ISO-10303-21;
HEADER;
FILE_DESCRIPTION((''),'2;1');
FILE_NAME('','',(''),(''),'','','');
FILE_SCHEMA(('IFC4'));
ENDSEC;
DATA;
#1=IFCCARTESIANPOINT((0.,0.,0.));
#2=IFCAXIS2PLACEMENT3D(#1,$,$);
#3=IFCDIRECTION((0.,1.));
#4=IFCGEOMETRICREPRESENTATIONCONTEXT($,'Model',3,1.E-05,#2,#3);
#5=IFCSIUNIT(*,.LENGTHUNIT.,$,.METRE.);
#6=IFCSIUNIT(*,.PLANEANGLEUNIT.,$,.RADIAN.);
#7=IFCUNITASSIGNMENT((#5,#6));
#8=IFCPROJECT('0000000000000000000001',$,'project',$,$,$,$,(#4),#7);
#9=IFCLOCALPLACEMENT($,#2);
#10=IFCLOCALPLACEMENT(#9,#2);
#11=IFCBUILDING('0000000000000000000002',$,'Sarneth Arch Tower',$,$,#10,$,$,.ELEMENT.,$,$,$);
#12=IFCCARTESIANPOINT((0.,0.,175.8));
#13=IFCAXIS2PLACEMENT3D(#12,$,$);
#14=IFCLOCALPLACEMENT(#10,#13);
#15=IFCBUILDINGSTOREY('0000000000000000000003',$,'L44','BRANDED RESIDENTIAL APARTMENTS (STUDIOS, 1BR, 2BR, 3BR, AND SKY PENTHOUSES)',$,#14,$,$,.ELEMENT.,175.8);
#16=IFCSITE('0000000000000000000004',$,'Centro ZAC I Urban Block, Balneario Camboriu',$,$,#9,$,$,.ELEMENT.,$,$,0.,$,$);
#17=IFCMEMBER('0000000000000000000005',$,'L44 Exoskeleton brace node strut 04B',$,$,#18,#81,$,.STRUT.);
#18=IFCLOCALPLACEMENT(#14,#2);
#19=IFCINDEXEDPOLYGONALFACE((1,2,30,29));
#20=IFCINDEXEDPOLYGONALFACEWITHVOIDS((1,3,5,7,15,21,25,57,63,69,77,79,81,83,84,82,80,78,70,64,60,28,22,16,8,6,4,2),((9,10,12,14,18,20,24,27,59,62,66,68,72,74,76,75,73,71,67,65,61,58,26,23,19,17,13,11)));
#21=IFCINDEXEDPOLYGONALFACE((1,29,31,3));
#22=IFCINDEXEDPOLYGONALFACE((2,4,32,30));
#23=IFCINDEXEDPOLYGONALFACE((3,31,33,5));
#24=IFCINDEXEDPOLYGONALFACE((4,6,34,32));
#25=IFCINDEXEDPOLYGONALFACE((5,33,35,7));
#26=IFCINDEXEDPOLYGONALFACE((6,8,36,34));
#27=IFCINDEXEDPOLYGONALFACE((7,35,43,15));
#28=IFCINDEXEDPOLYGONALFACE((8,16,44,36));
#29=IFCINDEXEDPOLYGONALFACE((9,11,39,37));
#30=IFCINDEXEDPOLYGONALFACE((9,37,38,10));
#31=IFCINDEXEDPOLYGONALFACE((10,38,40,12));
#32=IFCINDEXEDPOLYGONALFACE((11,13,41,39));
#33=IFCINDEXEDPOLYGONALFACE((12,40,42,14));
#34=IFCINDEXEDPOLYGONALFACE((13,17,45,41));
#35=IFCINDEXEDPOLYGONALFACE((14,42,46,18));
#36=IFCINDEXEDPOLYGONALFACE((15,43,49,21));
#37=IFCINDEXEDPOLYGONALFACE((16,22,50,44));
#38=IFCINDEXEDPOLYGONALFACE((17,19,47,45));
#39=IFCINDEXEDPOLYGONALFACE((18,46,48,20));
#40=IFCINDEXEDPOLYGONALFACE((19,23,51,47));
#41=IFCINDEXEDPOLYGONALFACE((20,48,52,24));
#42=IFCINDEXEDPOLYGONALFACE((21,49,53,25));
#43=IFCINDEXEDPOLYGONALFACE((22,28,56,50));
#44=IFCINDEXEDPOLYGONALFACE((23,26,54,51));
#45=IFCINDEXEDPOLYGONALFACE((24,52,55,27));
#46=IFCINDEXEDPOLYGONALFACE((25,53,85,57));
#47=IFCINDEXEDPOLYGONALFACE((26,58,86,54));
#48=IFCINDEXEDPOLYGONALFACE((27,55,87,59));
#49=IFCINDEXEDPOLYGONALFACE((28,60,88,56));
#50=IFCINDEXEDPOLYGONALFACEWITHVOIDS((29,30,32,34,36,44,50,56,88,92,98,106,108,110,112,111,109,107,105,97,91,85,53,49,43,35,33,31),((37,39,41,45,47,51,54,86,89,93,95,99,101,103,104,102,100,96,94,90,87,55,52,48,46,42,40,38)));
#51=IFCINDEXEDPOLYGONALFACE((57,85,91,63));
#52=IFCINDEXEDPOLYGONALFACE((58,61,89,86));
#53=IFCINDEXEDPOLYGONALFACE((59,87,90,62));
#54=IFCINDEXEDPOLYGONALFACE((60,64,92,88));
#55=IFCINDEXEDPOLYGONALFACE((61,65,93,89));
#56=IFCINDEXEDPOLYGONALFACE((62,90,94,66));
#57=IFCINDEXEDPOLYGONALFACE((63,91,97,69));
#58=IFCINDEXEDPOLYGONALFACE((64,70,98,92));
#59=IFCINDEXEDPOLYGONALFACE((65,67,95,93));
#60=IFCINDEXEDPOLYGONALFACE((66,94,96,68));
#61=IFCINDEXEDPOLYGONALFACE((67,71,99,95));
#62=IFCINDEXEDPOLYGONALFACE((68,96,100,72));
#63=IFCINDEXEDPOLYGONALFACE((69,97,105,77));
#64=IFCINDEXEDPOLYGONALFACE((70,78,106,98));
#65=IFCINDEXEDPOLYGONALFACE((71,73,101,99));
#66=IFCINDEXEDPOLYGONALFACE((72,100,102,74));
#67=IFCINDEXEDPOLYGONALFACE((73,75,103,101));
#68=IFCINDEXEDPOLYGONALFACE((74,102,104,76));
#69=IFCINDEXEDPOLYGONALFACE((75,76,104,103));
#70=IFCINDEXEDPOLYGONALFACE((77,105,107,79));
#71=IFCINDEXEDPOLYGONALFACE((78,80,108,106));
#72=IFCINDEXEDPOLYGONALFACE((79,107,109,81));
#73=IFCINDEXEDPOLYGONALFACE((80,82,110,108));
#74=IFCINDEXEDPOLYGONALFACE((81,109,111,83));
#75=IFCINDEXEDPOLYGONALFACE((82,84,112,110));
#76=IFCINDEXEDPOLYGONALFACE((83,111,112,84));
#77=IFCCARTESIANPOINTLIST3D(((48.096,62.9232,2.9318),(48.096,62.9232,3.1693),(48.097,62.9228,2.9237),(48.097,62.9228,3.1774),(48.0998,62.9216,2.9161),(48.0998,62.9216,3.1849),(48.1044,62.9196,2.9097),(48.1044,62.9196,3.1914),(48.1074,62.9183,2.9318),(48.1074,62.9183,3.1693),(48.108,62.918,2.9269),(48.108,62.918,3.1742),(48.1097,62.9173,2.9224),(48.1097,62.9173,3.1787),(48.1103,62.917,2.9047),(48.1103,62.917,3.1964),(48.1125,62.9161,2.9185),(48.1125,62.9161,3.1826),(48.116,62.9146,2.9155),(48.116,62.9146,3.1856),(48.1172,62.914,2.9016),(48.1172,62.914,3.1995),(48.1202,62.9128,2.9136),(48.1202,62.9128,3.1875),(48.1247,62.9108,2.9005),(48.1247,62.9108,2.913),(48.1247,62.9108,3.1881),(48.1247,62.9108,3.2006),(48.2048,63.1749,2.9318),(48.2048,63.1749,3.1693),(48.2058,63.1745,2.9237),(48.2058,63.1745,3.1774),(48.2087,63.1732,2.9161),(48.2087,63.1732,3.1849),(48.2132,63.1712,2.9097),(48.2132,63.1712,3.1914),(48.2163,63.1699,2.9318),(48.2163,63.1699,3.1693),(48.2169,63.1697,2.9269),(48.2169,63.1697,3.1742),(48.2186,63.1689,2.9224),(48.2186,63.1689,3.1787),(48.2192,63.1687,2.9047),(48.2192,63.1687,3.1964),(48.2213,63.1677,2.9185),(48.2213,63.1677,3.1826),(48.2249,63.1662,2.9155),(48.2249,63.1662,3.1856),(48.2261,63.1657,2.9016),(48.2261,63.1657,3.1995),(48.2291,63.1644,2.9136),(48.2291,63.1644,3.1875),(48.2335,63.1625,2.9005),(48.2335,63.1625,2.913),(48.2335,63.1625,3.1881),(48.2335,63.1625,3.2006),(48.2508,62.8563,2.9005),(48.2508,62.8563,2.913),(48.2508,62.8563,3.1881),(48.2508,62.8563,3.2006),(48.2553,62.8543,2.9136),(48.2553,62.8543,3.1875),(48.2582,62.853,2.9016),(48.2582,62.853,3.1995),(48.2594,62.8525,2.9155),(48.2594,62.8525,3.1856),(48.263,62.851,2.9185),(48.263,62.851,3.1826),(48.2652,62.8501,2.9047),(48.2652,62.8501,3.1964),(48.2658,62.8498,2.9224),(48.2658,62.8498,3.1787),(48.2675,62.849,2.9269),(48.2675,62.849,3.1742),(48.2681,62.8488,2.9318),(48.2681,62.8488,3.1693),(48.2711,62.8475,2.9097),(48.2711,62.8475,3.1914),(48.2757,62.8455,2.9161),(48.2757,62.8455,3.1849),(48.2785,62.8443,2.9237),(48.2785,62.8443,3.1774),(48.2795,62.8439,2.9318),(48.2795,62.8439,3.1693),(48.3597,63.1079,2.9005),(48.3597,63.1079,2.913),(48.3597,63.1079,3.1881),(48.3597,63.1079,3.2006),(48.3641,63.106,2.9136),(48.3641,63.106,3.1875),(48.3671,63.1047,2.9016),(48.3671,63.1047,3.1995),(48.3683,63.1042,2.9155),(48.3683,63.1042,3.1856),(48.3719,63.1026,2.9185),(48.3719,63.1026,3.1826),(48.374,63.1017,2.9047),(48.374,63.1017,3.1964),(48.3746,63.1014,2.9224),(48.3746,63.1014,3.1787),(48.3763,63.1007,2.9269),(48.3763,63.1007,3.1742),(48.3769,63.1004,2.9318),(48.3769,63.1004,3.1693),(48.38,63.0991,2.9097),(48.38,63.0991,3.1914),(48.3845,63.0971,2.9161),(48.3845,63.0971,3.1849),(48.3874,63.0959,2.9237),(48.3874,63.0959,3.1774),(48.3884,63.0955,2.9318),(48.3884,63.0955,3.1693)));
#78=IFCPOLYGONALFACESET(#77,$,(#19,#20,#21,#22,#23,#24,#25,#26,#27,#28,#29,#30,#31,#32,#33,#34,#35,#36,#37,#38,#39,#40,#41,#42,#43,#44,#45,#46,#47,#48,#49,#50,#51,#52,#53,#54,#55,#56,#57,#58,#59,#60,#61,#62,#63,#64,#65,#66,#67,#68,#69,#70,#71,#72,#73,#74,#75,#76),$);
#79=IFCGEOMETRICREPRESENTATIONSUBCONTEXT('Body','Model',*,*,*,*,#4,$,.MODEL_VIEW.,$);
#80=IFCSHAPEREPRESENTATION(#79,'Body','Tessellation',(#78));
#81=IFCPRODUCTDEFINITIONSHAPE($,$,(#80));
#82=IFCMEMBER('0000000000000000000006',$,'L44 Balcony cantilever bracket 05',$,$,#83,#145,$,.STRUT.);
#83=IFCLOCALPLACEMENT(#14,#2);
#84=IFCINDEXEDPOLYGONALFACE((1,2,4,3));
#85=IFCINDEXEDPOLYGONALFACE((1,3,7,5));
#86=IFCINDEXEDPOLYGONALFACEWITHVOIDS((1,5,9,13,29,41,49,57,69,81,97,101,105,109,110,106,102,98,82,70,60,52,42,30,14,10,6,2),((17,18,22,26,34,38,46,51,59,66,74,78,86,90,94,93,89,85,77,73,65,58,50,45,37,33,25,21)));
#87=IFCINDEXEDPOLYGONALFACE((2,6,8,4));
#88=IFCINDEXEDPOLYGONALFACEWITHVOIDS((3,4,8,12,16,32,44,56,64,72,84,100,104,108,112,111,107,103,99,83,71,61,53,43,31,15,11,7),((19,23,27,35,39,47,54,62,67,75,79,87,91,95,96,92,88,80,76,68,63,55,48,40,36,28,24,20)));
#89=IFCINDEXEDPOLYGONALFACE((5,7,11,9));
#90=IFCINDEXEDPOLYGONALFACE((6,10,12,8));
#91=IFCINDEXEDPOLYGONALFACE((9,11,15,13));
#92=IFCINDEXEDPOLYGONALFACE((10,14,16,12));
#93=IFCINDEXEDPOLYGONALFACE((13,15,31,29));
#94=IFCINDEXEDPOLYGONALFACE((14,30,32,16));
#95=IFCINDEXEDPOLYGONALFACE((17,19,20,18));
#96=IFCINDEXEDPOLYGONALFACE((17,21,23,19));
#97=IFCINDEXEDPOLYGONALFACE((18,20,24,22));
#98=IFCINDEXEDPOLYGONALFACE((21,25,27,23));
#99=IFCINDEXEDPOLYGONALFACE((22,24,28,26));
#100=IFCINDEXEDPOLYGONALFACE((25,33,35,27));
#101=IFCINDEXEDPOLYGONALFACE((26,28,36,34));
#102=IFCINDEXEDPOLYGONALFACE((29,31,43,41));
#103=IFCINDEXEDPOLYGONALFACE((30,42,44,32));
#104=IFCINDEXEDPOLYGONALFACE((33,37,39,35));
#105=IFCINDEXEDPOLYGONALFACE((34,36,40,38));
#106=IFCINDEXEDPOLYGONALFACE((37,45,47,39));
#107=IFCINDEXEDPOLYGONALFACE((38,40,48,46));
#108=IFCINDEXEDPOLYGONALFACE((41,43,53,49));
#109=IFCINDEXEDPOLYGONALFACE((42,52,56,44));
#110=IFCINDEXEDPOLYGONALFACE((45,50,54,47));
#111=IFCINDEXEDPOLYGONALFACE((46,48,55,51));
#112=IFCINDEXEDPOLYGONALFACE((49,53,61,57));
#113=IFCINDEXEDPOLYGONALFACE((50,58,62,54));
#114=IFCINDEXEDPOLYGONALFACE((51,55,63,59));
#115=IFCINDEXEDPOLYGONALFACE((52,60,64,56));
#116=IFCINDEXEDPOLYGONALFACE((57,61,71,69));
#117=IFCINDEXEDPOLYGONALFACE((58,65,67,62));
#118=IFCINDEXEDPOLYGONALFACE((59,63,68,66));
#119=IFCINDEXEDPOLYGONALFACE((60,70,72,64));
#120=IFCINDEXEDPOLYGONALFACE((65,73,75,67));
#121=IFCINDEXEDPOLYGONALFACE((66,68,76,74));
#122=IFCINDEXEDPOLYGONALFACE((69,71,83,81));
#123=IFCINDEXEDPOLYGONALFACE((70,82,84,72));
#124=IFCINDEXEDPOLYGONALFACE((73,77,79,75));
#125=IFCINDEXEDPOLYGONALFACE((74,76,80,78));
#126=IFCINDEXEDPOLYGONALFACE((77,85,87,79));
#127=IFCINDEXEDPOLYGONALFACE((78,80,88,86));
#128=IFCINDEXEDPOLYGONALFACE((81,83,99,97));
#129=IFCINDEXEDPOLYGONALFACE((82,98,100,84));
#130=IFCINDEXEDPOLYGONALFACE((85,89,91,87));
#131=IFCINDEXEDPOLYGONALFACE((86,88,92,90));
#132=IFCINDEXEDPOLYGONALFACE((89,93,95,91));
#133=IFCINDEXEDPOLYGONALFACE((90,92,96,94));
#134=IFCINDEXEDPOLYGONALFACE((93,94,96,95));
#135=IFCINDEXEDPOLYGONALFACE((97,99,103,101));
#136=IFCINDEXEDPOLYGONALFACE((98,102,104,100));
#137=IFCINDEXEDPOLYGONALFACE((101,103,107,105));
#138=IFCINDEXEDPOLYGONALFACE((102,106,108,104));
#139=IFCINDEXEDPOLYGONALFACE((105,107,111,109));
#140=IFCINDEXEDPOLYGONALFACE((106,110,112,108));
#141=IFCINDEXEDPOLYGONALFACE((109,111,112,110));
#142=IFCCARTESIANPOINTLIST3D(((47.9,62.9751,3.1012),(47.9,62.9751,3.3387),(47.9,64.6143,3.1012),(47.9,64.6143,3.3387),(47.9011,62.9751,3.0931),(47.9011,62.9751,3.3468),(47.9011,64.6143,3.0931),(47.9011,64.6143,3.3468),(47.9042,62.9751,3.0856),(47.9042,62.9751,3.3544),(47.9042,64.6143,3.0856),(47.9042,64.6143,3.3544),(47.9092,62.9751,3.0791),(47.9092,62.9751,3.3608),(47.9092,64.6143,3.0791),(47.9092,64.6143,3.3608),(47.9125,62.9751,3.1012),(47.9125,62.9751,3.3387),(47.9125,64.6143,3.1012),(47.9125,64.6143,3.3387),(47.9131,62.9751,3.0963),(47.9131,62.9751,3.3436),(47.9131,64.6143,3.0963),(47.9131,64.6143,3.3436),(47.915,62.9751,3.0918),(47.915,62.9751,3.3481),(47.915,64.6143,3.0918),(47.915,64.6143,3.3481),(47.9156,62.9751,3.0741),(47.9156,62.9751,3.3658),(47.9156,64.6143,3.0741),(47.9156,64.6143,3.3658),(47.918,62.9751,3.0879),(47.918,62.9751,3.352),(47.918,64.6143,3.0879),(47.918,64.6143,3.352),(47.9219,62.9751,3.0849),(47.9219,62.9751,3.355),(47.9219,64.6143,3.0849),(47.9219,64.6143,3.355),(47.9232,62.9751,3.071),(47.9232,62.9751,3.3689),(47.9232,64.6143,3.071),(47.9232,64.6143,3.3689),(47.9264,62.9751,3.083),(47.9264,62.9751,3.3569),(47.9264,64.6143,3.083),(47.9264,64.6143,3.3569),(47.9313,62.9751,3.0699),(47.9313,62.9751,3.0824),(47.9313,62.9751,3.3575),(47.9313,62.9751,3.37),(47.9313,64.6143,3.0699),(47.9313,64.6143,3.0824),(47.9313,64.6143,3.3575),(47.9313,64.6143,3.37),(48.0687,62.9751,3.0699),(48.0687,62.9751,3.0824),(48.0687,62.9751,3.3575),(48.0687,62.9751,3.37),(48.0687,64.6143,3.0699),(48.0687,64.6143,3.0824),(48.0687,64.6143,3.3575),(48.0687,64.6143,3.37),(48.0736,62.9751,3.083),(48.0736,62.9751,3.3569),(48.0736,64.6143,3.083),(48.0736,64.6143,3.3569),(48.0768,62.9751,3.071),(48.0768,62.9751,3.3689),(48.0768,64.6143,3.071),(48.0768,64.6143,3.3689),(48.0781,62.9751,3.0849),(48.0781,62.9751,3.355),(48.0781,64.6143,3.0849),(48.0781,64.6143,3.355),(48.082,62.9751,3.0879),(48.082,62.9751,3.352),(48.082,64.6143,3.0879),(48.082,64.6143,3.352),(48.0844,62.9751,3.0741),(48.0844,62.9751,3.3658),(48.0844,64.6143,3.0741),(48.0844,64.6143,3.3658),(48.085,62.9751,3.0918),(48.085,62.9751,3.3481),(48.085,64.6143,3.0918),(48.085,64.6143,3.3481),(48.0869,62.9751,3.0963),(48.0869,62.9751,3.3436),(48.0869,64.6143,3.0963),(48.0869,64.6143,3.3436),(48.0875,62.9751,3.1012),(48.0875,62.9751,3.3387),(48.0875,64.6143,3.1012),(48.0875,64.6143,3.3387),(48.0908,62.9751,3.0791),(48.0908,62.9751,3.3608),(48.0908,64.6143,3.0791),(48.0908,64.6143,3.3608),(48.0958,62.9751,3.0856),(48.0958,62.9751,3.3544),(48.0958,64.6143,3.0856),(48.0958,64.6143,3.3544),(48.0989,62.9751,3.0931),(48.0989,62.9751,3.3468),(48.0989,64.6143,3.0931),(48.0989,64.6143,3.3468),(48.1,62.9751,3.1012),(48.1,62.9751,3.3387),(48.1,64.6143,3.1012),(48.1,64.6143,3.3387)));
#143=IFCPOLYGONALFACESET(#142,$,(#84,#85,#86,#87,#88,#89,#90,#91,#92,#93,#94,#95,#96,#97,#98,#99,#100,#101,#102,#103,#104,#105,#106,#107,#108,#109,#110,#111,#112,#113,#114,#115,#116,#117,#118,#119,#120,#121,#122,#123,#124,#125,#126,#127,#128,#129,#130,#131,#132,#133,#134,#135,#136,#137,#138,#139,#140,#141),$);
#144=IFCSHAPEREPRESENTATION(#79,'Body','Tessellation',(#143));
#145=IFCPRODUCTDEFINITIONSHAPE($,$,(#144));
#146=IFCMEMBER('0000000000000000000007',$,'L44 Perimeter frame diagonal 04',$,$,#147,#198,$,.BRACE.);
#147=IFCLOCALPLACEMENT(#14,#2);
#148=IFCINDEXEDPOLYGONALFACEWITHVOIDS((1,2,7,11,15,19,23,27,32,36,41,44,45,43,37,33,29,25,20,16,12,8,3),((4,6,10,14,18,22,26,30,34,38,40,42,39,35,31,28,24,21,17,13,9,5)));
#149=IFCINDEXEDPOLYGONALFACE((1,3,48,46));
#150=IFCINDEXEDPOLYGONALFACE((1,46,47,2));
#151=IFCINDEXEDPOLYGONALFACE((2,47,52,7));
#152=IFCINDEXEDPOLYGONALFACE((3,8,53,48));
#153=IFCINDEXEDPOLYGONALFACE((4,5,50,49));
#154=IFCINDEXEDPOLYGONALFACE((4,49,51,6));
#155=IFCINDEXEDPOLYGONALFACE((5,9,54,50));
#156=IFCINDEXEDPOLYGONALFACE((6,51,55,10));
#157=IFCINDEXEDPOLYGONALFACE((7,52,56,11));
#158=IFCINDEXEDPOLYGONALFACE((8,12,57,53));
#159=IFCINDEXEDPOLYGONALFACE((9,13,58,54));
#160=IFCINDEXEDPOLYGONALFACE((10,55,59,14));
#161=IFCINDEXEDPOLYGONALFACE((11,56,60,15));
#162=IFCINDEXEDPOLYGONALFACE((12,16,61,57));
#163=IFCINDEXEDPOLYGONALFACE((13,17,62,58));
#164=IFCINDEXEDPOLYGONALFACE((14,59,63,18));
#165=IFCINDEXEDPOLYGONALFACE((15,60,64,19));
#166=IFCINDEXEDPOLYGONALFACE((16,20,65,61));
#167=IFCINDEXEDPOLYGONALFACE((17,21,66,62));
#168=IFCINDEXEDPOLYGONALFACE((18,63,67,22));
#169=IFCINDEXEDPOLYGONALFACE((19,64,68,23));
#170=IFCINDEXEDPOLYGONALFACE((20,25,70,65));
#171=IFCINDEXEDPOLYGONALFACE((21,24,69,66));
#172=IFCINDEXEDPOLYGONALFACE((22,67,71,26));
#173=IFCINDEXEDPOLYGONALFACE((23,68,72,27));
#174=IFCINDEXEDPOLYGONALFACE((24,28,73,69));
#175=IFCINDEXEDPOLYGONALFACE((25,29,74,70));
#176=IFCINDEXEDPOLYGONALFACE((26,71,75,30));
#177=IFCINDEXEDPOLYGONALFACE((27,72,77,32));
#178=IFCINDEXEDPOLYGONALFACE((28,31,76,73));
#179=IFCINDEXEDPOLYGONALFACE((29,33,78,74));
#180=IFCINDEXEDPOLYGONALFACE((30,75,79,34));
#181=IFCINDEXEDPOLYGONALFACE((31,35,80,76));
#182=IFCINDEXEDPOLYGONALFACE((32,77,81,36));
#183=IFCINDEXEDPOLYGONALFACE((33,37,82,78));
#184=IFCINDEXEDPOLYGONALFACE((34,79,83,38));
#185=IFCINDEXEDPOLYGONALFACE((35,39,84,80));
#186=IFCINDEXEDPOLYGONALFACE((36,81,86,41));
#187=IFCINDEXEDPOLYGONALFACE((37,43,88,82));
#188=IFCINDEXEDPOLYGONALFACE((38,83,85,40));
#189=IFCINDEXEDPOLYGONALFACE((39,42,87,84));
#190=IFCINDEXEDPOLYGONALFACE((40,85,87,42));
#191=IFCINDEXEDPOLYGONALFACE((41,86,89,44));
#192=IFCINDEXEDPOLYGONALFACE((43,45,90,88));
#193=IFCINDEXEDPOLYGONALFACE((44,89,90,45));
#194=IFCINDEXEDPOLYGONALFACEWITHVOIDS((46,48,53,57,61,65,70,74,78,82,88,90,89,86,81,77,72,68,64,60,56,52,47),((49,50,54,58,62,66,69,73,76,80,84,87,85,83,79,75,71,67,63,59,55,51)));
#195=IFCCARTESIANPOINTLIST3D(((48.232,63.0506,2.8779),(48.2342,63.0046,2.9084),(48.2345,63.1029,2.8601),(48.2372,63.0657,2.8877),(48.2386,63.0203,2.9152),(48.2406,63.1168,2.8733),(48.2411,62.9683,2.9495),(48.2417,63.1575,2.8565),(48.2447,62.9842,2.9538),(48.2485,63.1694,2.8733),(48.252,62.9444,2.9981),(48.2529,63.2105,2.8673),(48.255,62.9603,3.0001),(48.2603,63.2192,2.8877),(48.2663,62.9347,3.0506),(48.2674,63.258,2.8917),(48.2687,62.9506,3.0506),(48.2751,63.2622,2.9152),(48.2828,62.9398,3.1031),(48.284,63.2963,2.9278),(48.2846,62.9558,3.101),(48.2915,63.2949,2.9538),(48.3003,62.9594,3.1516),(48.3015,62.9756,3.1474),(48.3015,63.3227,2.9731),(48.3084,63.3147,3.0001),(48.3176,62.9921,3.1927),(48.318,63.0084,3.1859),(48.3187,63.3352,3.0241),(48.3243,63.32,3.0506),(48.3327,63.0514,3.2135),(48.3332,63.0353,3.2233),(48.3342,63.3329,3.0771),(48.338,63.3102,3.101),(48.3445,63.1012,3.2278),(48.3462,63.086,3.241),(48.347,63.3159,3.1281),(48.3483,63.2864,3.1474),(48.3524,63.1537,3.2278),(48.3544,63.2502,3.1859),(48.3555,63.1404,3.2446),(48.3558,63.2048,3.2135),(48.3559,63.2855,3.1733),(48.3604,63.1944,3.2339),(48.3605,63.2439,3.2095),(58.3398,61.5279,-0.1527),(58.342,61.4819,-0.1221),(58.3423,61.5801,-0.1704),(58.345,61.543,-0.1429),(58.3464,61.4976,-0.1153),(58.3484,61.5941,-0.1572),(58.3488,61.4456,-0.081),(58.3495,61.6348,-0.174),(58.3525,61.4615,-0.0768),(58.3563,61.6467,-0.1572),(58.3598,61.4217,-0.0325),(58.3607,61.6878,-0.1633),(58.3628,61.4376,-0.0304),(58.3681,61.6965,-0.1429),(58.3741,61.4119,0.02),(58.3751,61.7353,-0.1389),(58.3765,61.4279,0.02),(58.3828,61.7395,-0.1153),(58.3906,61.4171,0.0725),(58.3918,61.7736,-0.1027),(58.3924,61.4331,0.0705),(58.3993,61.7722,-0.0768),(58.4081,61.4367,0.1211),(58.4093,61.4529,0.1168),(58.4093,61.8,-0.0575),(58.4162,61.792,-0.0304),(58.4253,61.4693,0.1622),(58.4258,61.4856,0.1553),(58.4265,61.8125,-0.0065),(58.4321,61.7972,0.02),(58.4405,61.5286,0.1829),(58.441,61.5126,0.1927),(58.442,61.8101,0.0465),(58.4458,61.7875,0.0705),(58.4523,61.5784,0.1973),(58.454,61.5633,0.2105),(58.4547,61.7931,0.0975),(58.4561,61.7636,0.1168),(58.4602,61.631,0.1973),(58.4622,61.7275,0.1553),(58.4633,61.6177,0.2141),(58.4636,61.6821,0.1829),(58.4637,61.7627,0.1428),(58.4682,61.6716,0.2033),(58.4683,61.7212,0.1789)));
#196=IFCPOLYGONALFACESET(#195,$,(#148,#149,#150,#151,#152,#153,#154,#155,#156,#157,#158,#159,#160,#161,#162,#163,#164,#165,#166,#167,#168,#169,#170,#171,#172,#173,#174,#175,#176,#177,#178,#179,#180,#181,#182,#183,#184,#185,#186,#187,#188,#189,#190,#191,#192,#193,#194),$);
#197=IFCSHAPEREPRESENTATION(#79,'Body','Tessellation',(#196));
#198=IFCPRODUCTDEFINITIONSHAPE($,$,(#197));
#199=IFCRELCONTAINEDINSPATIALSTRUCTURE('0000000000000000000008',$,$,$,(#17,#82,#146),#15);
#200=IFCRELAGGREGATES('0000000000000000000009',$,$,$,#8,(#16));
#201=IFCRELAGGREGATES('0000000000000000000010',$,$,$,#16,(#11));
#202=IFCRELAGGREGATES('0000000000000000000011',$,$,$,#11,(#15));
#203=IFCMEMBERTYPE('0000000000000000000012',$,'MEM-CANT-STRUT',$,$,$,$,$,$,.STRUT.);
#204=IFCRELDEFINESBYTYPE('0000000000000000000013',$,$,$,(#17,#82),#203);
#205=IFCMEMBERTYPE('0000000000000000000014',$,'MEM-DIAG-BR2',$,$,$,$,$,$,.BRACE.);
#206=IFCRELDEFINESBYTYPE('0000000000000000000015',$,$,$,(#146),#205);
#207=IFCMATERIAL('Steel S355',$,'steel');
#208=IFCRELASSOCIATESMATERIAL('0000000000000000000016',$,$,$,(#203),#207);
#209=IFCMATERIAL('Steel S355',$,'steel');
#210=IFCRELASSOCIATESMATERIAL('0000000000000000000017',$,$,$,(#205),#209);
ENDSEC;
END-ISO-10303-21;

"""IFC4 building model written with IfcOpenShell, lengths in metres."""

from ifc_helpers import new_model, si_unit, direction, frame, origin, origin_2d, place, context, subcontext, project, spatial, hollow_rectangle, hollow_circle, extrude, material, material_profile, profile_set, type_object, element, save


model = new_model("IFC4")

# Units and contexts
model_context = context("Model", 3, precision=1e-05, world=origin(), true_north=direction((0.0, 1.0)))
body_context = subcontext(model_context, "Body", "Model", "MODEL_VIEW")
ifc_project = project(units=[si_unit("LENGTHUNIT", "METRE"), si_unit("PLANEANGLEUNIT", "RADIAN")], contexts=[model_context])

# Site, building, storey
site_placement = place(None, origin())
site = spatial("IfcSite", under=ifc_project, at=site_placement, Name="Centro ZAC I Urban Block, Balneario Camboriu", CompositionType="ELEMENT", RefElevation=0.0)
building_placement = place(site_placement, origin())
building = spatial("IfcBuilding", under=site, at=building_placement, Name="Sarneth Arch Tower", CompositionType="ELEMENT")
storey_placement = place(building_placement, frame((0.0, 0.0, 175.8)))
storey = spatial("IfcBuildingStorey", under=building, at=storey_placement, Name="L44", Description="BRANDED RESIDENTIAL APARTMENTS (STUDIOS, 1BR, 2BR, 3BR, AND SKY PENTHOUSES)", CompositionType="ELEMENT", Elevation=175.8)

# Members
ifc_material_1 = material(Name="Steel S355", Category="steel")
ifc_material_profile_1 = material_profile(ifc_material_1, hollow_rectangle(XDim=0.2, YDim=0.3, WallThickness=0.0125, InnerFilletRadius=0.0188, OuterFilletRadius=0.0312, at=origin_2d()), Name="RHS300x200x12.5")
ifc_profile_set_1 = profile_set([ifc_material_profile_1], Name="Steel S355")
member_type_1 = type_object("IfcMemberType", Name="MEM-CANT-STRUT", PredefinedType="STRUT", material=ifc_profile_set_1)
member_1_placement = place(storey_placement, frame((48.1877, 62.8835, 3.0505), z_axis=(0.397033, 0.917804, 0.0), x_axis=(-0.917804, 0.397033, 0.0)))
element("IfcMember", 1, at=member_1_placement, inside=storey, type_object=member_type_1, Name="L44 Exoskeleton brace node strut 04B", PredefinedType="STRUT", context=body_context, shape_type="SweptSolid", body=[
    extrude(hollow_rectangle(XDim=0.2, YDim=0.3, WallThickness=0.0125, InnerFilletRadius=0.0188, OuterFilletRadius=0.0312, at=origin_2d()), origin(), (0.0, 0.0, 1.0), 0.2742),
])
member_2_placement = place(storey_placement, frame((48.0, 62.9751, 3.22), z_axis=(0.0, 1.0, 0.0), x_axis=(-1.0, 0.0, 0.0)))
element("IfcMember", 2, at=member_2_placement, inside=storey, type_object=member_type_1, Name="L44 Balcony cantilever bracket 05", PredefinedType="STRUT", context=body_context, shape_type="SweptSolid", body=[
    extrude(hollow_rectangle(XDim=0.2, YDim=0.3, WallThickness=0.0125, InnerFilletRadius=0.0188, OuterFilletRadius=0.0312, at=origin_2d()), origin(), (0.0, 0.0, 1.0), 1.6392),
])
ifc_material_2 = material(Name="Steel S355", Category="steel")
ifc_material_profile_2 = material_profile(ifc_material_2, hollow_circle(Radius=0.2029, WallThickness=0.0161, at=origin_2d()), Name="CHS406x16")
ifc_profile_set_2 = profile_set([ifc_material_profile_2], Name="Steel S355")
member_type_2 = type_object("IfcMemberType", Name="MEM-DIAG-BR2", PredefinedType="BRACE", material=ifc_profile_set_2)
member_3_placement = place(storey_placement, frame((58.4043, 61.6125, 0.02), z_axis=(-0.948053, 0.142823, 0.284249), x_axis=(-0.148968, -0.988842, 0.0)))
element("IfcMember", 3, at=member_3_placement, inside=storey, type_object=member_type_2, Name="L44 Perimeter frame diagonal 04", PredefinedType="BRACE", context=body_context, shape_type="SweptSolid", body=[
    extrude(hollow_circle(Radius=0.2029, WallThickness=0.0161, at=origin_2d()), origin(), (0.0, 0.0, 1.0), 10.6616),
])

save(model, "model.ifc")
